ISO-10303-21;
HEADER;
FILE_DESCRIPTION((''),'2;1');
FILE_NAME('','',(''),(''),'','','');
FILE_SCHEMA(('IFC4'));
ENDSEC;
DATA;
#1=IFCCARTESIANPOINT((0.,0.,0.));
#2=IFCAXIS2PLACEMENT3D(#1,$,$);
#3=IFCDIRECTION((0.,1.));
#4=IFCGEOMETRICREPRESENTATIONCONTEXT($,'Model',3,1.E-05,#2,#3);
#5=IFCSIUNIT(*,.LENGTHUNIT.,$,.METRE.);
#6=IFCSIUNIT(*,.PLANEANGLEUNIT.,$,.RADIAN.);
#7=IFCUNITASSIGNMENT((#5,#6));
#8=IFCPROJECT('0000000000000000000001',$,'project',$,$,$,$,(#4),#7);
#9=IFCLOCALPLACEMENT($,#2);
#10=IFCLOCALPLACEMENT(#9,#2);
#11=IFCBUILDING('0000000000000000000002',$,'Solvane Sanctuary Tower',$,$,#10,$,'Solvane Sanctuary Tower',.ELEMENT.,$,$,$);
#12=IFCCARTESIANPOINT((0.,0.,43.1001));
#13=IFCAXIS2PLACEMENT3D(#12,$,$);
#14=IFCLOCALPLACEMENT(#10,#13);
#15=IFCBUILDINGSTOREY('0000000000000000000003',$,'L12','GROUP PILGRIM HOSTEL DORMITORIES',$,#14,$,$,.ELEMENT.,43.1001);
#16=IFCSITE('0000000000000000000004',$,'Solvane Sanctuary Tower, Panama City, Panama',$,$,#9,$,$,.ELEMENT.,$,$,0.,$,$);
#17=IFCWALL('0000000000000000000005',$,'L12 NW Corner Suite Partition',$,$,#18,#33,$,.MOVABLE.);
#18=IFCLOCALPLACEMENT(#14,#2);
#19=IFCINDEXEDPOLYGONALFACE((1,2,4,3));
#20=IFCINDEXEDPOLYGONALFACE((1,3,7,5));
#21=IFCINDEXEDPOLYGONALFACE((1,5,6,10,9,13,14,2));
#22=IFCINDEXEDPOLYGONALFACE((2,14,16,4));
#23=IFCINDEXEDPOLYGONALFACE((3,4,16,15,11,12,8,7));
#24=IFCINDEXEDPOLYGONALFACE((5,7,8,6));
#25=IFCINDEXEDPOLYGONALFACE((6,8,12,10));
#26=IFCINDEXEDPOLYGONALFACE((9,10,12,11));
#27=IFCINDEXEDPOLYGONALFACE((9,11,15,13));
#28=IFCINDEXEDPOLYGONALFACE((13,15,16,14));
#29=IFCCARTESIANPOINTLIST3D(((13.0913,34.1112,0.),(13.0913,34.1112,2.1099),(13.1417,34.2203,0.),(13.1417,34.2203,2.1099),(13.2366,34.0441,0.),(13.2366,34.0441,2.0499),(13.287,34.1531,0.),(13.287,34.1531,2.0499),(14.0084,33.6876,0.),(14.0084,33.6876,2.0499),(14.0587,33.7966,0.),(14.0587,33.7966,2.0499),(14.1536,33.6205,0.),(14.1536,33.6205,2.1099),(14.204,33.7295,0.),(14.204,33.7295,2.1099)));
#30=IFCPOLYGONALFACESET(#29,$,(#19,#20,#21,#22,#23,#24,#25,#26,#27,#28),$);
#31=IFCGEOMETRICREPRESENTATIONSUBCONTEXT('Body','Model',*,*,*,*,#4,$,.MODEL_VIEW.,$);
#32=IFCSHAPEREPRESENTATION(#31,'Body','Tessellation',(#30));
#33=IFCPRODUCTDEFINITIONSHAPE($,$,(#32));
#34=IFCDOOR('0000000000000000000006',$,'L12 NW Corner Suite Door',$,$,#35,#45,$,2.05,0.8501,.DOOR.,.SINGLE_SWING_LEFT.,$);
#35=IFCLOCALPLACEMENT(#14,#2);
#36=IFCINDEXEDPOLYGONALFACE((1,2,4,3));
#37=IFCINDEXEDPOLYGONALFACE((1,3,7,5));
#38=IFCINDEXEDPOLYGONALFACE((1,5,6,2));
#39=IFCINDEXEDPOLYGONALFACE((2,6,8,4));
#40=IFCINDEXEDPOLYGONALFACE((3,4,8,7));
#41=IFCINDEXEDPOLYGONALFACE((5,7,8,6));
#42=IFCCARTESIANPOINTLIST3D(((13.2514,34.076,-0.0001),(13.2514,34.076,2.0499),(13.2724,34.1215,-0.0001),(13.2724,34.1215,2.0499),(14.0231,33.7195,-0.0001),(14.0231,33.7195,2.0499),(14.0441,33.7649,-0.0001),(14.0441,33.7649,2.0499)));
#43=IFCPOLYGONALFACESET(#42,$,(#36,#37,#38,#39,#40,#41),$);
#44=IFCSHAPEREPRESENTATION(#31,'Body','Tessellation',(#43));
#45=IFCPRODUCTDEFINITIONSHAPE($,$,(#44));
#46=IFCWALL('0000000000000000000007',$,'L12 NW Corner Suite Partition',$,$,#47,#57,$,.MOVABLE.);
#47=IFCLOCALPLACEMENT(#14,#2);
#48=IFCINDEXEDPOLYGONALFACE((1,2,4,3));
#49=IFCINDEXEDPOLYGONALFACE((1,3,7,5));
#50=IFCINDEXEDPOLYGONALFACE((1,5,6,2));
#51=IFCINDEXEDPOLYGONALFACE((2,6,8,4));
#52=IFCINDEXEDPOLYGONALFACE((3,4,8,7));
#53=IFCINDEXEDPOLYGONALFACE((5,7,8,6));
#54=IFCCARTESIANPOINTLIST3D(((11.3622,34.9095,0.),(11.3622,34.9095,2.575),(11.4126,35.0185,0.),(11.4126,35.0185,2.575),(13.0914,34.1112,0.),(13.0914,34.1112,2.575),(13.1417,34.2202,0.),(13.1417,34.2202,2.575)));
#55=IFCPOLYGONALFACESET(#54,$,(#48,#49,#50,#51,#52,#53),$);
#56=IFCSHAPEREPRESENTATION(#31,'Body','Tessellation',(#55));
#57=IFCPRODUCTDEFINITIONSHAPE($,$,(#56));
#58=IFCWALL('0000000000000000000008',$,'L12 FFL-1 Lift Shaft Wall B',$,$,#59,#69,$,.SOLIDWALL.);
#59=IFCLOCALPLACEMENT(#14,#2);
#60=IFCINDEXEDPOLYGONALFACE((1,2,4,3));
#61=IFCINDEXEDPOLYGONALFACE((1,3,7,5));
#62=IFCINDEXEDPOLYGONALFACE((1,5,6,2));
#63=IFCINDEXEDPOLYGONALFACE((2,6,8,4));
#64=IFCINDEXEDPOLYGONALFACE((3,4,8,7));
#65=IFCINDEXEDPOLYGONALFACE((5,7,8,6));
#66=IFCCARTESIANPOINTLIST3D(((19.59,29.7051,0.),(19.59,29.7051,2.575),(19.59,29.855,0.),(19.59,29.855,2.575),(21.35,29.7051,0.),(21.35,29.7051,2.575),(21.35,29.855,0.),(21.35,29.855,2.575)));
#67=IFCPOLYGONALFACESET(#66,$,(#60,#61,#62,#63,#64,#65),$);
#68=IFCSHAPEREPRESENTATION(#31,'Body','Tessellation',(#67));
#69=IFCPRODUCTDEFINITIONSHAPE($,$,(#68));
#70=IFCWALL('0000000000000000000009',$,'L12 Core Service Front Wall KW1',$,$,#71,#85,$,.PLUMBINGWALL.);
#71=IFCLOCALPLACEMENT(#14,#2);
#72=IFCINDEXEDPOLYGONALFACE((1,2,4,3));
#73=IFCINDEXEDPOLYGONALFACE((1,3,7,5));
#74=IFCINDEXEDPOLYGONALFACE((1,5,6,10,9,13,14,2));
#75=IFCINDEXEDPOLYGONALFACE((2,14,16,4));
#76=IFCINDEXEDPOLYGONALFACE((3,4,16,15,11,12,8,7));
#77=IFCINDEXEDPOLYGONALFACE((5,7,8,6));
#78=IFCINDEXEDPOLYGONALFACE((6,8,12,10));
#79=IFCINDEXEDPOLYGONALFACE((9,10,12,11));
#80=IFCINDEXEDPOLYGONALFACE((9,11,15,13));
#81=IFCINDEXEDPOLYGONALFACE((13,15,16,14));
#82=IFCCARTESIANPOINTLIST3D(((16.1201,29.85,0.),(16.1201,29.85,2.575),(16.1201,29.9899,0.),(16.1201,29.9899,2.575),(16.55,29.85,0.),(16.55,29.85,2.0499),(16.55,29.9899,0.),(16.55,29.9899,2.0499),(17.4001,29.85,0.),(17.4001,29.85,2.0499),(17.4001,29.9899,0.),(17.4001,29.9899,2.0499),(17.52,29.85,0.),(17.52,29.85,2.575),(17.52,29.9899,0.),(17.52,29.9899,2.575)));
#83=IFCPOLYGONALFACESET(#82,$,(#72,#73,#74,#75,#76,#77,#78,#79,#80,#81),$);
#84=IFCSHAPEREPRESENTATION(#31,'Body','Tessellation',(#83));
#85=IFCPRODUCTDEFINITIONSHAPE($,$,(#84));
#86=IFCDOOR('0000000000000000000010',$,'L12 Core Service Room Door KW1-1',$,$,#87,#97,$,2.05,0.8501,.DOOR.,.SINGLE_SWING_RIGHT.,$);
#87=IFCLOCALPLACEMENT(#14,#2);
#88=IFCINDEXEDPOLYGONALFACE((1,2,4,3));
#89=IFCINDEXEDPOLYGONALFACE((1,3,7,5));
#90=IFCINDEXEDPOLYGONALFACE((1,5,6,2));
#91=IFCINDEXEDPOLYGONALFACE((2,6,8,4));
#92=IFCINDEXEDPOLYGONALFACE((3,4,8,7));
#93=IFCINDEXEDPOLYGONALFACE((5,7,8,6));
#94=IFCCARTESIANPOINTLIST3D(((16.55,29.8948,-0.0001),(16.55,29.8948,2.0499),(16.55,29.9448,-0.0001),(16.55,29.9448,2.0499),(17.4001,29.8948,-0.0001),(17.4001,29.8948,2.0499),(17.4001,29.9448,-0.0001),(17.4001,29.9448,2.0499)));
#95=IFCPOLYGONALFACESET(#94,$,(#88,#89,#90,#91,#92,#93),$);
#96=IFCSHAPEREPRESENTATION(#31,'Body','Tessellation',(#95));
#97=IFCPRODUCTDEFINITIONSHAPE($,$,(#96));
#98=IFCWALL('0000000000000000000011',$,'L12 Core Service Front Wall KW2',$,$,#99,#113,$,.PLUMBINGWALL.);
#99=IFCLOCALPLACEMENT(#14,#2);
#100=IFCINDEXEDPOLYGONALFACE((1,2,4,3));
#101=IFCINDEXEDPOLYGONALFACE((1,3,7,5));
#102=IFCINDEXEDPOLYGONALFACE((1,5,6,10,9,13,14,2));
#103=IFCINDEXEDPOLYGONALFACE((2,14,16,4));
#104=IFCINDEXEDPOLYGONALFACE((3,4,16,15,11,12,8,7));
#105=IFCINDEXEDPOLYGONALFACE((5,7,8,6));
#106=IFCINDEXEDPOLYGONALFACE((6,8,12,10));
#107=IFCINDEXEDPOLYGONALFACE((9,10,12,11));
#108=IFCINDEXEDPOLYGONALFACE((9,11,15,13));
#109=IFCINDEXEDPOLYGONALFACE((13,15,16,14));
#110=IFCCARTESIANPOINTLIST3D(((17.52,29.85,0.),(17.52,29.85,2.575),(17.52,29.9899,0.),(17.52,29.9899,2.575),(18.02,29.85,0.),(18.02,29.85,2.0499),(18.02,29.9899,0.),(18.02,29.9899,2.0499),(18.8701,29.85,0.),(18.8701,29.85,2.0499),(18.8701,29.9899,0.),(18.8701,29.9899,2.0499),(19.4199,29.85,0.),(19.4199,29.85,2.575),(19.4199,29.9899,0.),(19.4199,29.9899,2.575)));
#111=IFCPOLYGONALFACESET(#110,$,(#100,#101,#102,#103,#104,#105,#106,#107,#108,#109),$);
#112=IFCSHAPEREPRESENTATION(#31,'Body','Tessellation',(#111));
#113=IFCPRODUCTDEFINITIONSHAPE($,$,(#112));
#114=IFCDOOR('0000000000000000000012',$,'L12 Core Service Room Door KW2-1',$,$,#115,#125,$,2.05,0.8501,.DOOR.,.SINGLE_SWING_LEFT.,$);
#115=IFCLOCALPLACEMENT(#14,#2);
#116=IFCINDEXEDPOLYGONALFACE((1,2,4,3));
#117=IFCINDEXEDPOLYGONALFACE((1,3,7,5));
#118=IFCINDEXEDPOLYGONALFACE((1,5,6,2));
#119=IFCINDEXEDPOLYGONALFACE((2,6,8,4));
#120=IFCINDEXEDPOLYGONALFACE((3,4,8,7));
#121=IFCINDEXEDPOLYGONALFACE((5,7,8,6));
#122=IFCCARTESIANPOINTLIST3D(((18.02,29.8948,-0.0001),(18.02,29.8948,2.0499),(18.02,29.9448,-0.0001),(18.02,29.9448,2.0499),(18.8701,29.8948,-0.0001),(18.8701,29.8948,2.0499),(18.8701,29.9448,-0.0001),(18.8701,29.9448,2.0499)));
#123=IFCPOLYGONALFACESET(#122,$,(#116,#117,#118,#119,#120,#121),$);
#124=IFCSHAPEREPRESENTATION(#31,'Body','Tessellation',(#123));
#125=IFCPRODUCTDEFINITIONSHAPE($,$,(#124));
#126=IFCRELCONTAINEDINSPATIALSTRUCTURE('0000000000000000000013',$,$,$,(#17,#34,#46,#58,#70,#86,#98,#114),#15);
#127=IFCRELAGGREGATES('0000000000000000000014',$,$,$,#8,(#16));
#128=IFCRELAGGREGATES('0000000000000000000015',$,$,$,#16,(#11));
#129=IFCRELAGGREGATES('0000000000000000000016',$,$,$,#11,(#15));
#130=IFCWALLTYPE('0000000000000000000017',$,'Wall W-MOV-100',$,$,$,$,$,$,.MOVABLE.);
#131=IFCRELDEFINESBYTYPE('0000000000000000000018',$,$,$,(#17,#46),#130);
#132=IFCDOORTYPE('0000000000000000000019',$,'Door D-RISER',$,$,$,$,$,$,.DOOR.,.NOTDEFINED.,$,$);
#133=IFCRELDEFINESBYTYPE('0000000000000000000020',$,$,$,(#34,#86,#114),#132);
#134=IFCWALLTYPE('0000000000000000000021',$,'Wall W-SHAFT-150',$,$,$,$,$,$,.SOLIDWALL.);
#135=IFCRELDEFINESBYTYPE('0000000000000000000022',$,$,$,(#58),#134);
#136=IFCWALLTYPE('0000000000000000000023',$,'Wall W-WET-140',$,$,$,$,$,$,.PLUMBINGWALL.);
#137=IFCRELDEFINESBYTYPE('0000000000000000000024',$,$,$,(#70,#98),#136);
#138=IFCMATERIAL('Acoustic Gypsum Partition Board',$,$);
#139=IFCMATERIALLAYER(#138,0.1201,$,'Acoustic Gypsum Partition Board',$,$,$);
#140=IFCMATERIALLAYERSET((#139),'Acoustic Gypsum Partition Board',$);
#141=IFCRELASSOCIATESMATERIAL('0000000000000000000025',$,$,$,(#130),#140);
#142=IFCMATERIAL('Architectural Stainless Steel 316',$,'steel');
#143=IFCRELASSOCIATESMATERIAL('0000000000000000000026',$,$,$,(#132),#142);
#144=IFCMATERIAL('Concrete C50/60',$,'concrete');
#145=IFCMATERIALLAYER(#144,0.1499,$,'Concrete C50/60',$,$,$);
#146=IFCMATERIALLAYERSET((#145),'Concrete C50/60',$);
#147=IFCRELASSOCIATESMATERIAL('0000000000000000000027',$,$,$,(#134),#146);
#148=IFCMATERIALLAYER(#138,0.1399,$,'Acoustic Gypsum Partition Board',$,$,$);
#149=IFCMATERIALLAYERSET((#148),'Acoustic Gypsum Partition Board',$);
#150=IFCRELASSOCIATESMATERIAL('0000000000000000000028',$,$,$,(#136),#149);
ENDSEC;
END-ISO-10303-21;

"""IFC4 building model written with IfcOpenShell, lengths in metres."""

from ifc_helpers import new_model, si_unit, direction, frame, frame_2d, origin, place, context, subcontext, project, spatial, rectangle, extrude, material, layer, layer_set, type_object, element, fill, save


model = new_model("IFC4")

# Units and contexts
model_context = context("Model", 3, precision=1e-05, world=origin(), true_north=direction((0.0, 1.0)))
body_context = subcontext(model_context, "Body", "Model", "MODEL_VIEW")
ifc_project = project(units=[si_unit("LENGTHUNIT", "METRE"), si_unit("PLANEANGLEUNIT", "RADIAN")], contexts=[model_context])

# Site, building, storey
site_placement = place(None, origin())
site = spatial("IfcSite", under=ifc_project, at=site_placement, Name="Solvane Sanctuary Tower, Panama City, Panama", CompositionType="ELEMENT", RefElevation=0.0)
building_placement = place(site_placement, origin())
building = spatial("IfcBuilding", under=site, at=building_placement, Name="Solvane Sanctuary Tower", LongName="Solvane Sanctuary Tower", CompositionType="ELEMENT")
storey_placement = place(building_placement, frame((0.0, 0.0, 43.1001)))
storey = spatial("IfcBuildingStorey", under=building, at=storey_placement, Name="L12", Description="GROUP PILGRIM HOSTEL DORMITORIES", CompositionType="ELEMENT", Elevation=43.1001)

# Shared definitions
ifc_material_1 = material(Name="Acoustic Gypsum Partition Board")

# Shared definitions
ifc_layer_1 = layer(ifc_material_1, 0.1201, Name="Acoustic Gypsum Partition Board")
ifc_layer_set_1 = layer_set([ifc_layer_1], Name="Acoustic Gypsum Partition Board")
wall_type_1 = type_object("IfcWallType", Name="Wall W-MOV-100", PredefinedType="MOVABLE", material=ifc_layer_set_1)

# Wall, opening, door
wall_1_placement = place(storey_placement, frame((14.1787, 33.675, 0.0), z_axis=(0.0, 0.0, 1.0), x_axis=(-0.907813, 0.419376, 0.0)))
wall_1 = element("IfcWall", 1, at=wall_1_placement, inside=storey, type_object=wall_type_1, Name="L12 NW Corner Suite Partition", PredefinedType="MOVABLE", context=body_context, shape_type="SweptSolid", body=[
    extrude(rectangle(XDim=1.1702, YDim=0.1201, at=frame_2d((0.585, 0.0))), origin(), (0.0, 0.0, 1.0), 2.1099),
])
opening_1_placement = place(wall_1_placement, frame((0.1599, 0.0, 0.0)))
opening_1 = element("IfcOpeningElement", 2, at=opening_1_placement, cuts=wall_1, PredefinedType="OPENING", context=body_context, shape_type="SweptSolid", body=[
    extrude(rectangle(XDim=0.8501, YDim=2.05, at=frame_2d((0.425, 1.0249))), frame((0.0, 0.0701, 0.0), z_axis=(0.0, -1.0, 0.0), x_axis=(1.0, 0.0, 0.0)), (0.0, 0.0, 1.0), 0.1401),
])
ifc_material_2 = material(Name="Architectural Stainless Steel 316", Category="steel")
door_type_1 = type_object("IfcDoorType", Name="Door D-RISER", OperationType="NOTDEFINED", PredefinedType="DOOR", material=ifc_material_2)
door_1_placement = place(opening_1_placement, origin())
door_1 = element("IfcDoor", 3, at=door_1_placement, inside=storey, type_object=door_type_1, Name="L12 NW Corner Suite Door", OperationType="SINGLE_SWING_LEFT", OverallHeight=2.05, OverallWidth=0.8501, PredefinedType="DOOR", context=body_context, shape_type="SweptSolid", body=[
    extrude(rectangle(XDim=0.8501, YDim=2.05, at=frame_2d((0.425, 1.0249))), frame((0.0, 0.0249, 0.0), z_axis=(0.0, -1.0, 0.0), x_axis=(1.0, 0.0, 0.0)), (0.0, 0.0, 1.0), 0.05),
])
fill(opening_1, door_1)

# Walls
wall_2_placement = place(storey_placement, frame((13.1165, 34.1658, 0.0), z_axis=(0.0, 0.0, 1.0), x_axis=(-0.907914, 0.419156, 0.0)))
element("IfcWall", 4, at=wall_2_placement, inside=storey, type_object=wall_type_1, Name="L12 NW Corner Suite Partition", PredefinedType="MOVABLE", context=body_context, shape_type="SweptSolid", body=[
    extrude(rectangle(XDim=1.9045, YDim=0.1201, at=frame_2d((0.9521, 0.0))), origin(), (0.0, 0.0, 1.0), 2.575),
])
ifc_material_3 = material(Name="Concrete C50/60", Category="concrete")
ifc_layer_2 = layer(ifc_material_3, 0.1499, Name="Concrete C50/60")
ifc_layer_set_2 = layer_set([ifc_layer_2], Name="Concrete C50/60")
wall_type_2 = type_object("IfcWallType", Name="Wall W-SHAFT-150", PredefinedType="SOLIDWALL", material=ifc_layer_set_2)
wall_3_placement = place(storey_placement, frame((19.5901, 29.78, 0.0), z_axis=(0.0, 0.0, 1.0), x_axis=(1.0, 0.0, 0.0)))
element("IfcWall", 5, at=wall_3_placement, inside=storey, type_object=wall_type_2, Name="L12 FFL-1 Lift Shaft Wall B", PredefinedType="SOLIDWALL", context=body_context, shape_type="SweptSolid", body=[
    extrude(rectangle(XDim=1.76, YDim=0.1499, at=frame_2d((0.8799, 0.0))), origin(), (0.0, 0.0, 1.0), 2.575),
])

# Walls, openings, doors
ifc_layer_3 = layer(ifc_material_1, 0.1399, Name="Acoustic Gypsum Partition Board")
ifc_layer_set_3 = layer_set([ifc_layer_3], Name="Acoustic Gypsum Partition Board")
wall_type_3 = type_object("IfcWallType", Name="Wall W-WET-140", PredefinedType="PLUMBINGWALL", material=ifc_layer_set_3)
wall_4_placement = place(storey_placement, frame((16.1201, 29.9199, 0.0), z_axis=(0.0, 0.0, 1.0), x_axis=(1.0, 0.0, 0.0)))
wall_4 = element("IfcWall", 6, at=wall_4_placement, inside=storey, type_object=wall_type_3, Name="L12 Core Service Front Wall KW1", PredefinedType="PLUMBINGWALL", context=body_context, shape_type="SweptSolid", body=[
    extrude(rectangle(XDim=1.3999, YDim=0.1399, at=frame_2d((0.7, 0.0))), origin(), (0.0, 0.0, 1.0), 2.575),
])
opening_2_placement = place(wall_4_placement, frame((0.4299, 0.0, 0.0)))
opening_2 = element("IfcOpeningElement", 7, at=opening_2_placement, cuts=wall_4, PredefinedType="OPENING", context=body_context, shape_type="SweptSolid", body=[
    extrude(rectangle(XDim=0.8501, YDim=2.05, at=frame_2d((0.425, 1.0249))), frame((0.0, 0.0798, 0.0), z_axis=(0.0, -1.0, 0.0), x_axis=(1.0, 0.0, 0.0)), (0.0, 0.0, 1.0), 0.1599),
])
door_2_placement = place(opening_2_placement, origin())
door_2 = element("IfcDoor", 8, at=door_2_placement, inside=storey, type_object=door_type_1, Name="L12 Core Service Room Door KW1-1", OperationType="SINGLE_SWING_RIGHT", OverallHeight=2.05, OverallWidth=0.8501, PredefinedType="DOOR", context=body_context, shape_type="SweptSolid", body=[
    extrude(rectangle(XDim=0.8501, YDim=2.05, at=frame_2d((0.425, 1.0249))), frame((0.0, 0.0249, 0.0), z_axis=(0.0, -1.0, 0.0), x_axis=(1.0, 0.0, 0.0)), (0.0, 0.0, 1.0), 0.05),
])
fill(opening_2, door_2)
wall_5_placement = place(storey_placement, frame((17.52, 29.9199, 0.0), z_axis=(0.0, 0.0, 1.0), x_axis=(1.0, 0.0, 0.0)))
wall_5 = element("IfcWall", 9, at=wall_5_placement, inside=storey, type_object=wall_type_3, Name="L12 Core Service Front Wall KW2", PredefinedType="PLUMBINGWALL", context=body_context, shape_type="SweptSolid", body=[
    extrude(rectangle(XDim=1.8999, YDim=0.1399, at=frame_2d((0.95, 0.0))), origin(), (0.0, 0.0, 1.0), 2.575),
])
opening_3_placement = place(wall_5_placement, frame((0.5, 0.0, 0.0)))
opening_3 = element("IfcOpeningElement", 10, at=opening_3_placement, cuts=wall_5, PredefinedType="OPENING", context=body_context, shape_type="SweptSolid", body=[
    extrude(rectangle(XDim=0.8501, YDim=2.05, at=frame_2d((0.425, 1.0249))), frame((0.0, 0.0798, 0.0), z_axis=(0.0, -1.0, 0.0), x_axis=(1.0, 0.0, 0.0)), (0.0, 0.0, 1.0), 0.1599),
])
door_3_placement = place(opening_3_placement, origin())
door_3 = element("IfcDoor", 11, at=door_3_placement, inside=storey, type_object=door_type_1, Name="L12 Core Service Room Door KW2-1", OperationType="SINGLE_SWING_LEFT", OverallHeight=2.05, OverallWidth=0.8501, PredefinedType="DOOR", context=body_context, shape_type="SweptSolid", body=[
    extrude(rectangle(XDim=0.8501, YDim=2.05, at=frame_2d((0.425, 1.0249))), frame((0.0, 0.0249, 0.0), z_axis=(0.0, -1.0, 0.0), x_axis=(1.0, 0.0, 0.0)), (0.0, 0.0, 1.0), 0.05),
])
fill(opening_3, door_3)

save(model, "model.ifc")
